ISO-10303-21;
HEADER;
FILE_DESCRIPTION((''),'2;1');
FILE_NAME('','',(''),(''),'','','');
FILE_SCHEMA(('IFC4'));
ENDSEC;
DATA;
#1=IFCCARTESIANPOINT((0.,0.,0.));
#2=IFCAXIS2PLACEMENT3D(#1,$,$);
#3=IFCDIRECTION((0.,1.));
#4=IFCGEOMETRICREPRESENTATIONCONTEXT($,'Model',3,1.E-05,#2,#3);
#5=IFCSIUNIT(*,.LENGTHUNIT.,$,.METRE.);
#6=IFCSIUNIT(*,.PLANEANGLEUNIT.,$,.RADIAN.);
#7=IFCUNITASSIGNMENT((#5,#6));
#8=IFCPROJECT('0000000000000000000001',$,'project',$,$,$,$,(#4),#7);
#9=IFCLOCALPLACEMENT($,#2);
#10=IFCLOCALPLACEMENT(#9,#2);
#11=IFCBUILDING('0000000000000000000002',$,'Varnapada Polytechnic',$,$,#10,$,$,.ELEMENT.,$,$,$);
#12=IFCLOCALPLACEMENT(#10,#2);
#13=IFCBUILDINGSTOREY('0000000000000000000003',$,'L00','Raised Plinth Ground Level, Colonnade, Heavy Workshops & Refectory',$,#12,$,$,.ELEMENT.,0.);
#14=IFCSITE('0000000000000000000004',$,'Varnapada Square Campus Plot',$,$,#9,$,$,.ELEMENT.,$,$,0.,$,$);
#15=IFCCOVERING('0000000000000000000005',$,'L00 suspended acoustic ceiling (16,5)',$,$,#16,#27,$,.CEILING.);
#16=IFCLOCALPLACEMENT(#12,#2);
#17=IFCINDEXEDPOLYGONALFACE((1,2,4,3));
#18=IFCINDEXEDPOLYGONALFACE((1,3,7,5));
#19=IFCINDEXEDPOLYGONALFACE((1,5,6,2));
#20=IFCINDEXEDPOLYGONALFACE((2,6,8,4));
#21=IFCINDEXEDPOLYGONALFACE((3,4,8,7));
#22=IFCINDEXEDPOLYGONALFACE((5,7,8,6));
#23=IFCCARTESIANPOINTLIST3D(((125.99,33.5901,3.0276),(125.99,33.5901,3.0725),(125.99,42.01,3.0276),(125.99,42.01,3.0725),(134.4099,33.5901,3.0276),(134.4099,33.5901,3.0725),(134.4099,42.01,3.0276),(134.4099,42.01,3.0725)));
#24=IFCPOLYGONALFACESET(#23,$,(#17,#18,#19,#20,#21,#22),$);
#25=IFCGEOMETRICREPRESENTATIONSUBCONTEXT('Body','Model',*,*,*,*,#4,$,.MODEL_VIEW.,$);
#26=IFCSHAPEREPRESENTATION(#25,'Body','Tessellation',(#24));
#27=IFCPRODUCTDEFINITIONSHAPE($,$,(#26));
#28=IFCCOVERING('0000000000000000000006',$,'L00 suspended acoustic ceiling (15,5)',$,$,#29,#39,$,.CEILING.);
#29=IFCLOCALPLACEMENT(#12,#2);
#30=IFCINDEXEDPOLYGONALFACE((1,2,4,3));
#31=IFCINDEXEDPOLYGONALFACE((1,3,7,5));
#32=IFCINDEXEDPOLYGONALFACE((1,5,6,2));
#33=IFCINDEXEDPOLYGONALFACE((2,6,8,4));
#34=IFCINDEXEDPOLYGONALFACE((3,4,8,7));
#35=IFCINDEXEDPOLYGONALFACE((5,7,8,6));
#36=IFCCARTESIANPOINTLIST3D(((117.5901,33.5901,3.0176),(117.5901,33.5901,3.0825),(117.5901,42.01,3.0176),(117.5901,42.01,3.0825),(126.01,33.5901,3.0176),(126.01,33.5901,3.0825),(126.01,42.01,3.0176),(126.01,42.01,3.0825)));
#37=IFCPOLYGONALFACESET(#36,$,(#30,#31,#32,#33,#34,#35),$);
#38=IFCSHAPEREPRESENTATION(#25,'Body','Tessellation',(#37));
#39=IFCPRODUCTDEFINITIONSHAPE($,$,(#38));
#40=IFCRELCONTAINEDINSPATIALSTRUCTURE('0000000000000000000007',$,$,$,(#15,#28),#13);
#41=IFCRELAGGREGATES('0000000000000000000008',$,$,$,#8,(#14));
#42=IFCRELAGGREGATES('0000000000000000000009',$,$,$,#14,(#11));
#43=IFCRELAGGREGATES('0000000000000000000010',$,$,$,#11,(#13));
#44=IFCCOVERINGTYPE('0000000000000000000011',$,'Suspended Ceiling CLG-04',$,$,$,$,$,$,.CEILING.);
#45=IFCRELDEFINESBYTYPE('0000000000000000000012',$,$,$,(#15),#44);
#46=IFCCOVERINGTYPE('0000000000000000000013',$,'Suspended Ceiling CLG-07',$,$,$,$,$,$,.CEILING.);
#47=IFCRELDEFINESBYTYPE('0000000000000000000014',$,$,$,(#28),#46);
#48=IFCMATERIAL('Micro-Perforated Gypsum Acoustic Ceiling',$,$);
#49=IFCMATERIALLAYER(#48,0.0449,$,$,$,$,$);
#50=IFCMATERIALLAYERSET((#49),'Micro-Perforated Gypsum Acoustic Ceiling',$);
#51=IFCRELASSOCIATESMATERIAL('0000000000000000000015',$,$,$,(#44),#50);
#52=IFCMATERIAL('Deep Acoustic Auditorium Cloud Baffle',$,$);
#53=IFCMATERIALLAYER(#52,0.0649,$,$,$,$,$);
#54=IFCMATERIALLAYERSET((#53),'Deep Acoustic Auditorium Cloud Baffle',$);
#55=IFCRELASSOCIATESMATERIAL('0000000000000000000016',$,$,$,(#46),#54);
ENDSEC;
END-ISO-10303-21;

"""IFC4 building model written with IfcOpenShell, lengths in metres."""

from ifc_helpers import new_model, si_unit, direction, frame, origin, origin_2d, place, context, subcontext, project, spatial, rectangle, extrude, material, layer, layer_set, type_object, element, save


model = new_model("IFC4")

# Units and contexts
model_context = context("Model", 3, precision=1e-05, world=origin(), true_north=direction((0.0, 1.0)))
body_context = subcontext(model_context, "Body", "Model", "MODEL_VIEW")
ifc_project = project(units=[si_unit("LENGTHUNIT", "METRE"), si_unit("PLANEANGLEUNIT", "RADIAN")], contexts=[model_context])

# Site, building, storey
site_placement = place(None, origin())
site = spatial("IfcSite", under=ifc_project, at=site_placement, Name="Varnapada Square Campus Plot", CompositionType="ELEMENT", RefElevation=0.0)
building_placement = place(site_placement, origin())
building = spatial("IfcBuilding", under=site, at=building_placement, Name="Varnapada Polytechnic", CompositionType="ELEMENT")
storey_placement = place(building_placement, origin())
storey = spatial("IfcBuildingStorey", under=building, at=storey_placement, Name="L00", Description="Raised Plinth Ground Level, Colonnade, Heavy Workshops & Refectory", CompositionType="ELEMENT", Elevation=0.0)

# Coverings
ifc_material_1 = material(Name="Micro-Perforated Gypsum Acoustic Ceiling")
ifc_layer_1 = layer(ifc_material_1, 0.0449)
ifc_layer_set_1 = layer_set([ifc_layer_1], Name="Micro-Perforated Gypsum Acoustic Ceiling")
covering_type_1 = type_object("IfcCoveringType", Name="Suspended Ceiling CLG-04", PredefinedType="CEILING", material=ifc_layer_set_1)
covering_1_placement = place(storey_placement, frame((130.2, 37.8, 3.0276), z_axis=(0.0, 0.0, 1.0), x_axis=(1.0, 0.0, 0.0)))
element("IfcCovering", 1, at=covering_1_placement, inside=storey, type_object=covering_type_1, Name="L00 suspended acoustic ceiling (16,5)", PredefinedType="CEILING", context=body_context, shape_type="SweptSolid", body=[
    extrude(rectangle(XDim=8.4199, YDim=8.4199, at=origin_2d()), origin(), (0.0, 0.0, 1.0), 0.0449),
])
ifc_material_2 = material(Name="Deep Acoustic Auditorium Cloud Baffle")
ifc_layer_2 = layer(ifc_material_2, 0.0649)
ifc_layer_set_2 = layer_set([ifc_layer_2], Name="Deep Acoustic Auditorium Cloud Baffle")
covering_type_2 = type_object("IfcCoveringType", Name="Suspended Ceiling CLG-07", PredefinedType="CEILING", material=ifc_layer_set_2)
covering_2_placement = place(storey_placement, frame((121.8, 37.8, 3.0176), z_axis=(0.0, 0.0, 1.0), x_axis=(1.0, 0.0, 0.0)))
element("IfcCovering", 2, at=covering_2_placement, inside=storey, type_object=covering_type_2, Name="L00 suspended acoustic ceiling (15,5)", PredefinedType="CEILING", context=body_context, shape_type="SweptSolid", body=[
    extrude(rectangle(XDim=8.4199, YDim=8.4199, at=origin_2d()), origin(), (0.0, 0.0, 1.0), 0.0649),
])

save(model, "model.ifc")
